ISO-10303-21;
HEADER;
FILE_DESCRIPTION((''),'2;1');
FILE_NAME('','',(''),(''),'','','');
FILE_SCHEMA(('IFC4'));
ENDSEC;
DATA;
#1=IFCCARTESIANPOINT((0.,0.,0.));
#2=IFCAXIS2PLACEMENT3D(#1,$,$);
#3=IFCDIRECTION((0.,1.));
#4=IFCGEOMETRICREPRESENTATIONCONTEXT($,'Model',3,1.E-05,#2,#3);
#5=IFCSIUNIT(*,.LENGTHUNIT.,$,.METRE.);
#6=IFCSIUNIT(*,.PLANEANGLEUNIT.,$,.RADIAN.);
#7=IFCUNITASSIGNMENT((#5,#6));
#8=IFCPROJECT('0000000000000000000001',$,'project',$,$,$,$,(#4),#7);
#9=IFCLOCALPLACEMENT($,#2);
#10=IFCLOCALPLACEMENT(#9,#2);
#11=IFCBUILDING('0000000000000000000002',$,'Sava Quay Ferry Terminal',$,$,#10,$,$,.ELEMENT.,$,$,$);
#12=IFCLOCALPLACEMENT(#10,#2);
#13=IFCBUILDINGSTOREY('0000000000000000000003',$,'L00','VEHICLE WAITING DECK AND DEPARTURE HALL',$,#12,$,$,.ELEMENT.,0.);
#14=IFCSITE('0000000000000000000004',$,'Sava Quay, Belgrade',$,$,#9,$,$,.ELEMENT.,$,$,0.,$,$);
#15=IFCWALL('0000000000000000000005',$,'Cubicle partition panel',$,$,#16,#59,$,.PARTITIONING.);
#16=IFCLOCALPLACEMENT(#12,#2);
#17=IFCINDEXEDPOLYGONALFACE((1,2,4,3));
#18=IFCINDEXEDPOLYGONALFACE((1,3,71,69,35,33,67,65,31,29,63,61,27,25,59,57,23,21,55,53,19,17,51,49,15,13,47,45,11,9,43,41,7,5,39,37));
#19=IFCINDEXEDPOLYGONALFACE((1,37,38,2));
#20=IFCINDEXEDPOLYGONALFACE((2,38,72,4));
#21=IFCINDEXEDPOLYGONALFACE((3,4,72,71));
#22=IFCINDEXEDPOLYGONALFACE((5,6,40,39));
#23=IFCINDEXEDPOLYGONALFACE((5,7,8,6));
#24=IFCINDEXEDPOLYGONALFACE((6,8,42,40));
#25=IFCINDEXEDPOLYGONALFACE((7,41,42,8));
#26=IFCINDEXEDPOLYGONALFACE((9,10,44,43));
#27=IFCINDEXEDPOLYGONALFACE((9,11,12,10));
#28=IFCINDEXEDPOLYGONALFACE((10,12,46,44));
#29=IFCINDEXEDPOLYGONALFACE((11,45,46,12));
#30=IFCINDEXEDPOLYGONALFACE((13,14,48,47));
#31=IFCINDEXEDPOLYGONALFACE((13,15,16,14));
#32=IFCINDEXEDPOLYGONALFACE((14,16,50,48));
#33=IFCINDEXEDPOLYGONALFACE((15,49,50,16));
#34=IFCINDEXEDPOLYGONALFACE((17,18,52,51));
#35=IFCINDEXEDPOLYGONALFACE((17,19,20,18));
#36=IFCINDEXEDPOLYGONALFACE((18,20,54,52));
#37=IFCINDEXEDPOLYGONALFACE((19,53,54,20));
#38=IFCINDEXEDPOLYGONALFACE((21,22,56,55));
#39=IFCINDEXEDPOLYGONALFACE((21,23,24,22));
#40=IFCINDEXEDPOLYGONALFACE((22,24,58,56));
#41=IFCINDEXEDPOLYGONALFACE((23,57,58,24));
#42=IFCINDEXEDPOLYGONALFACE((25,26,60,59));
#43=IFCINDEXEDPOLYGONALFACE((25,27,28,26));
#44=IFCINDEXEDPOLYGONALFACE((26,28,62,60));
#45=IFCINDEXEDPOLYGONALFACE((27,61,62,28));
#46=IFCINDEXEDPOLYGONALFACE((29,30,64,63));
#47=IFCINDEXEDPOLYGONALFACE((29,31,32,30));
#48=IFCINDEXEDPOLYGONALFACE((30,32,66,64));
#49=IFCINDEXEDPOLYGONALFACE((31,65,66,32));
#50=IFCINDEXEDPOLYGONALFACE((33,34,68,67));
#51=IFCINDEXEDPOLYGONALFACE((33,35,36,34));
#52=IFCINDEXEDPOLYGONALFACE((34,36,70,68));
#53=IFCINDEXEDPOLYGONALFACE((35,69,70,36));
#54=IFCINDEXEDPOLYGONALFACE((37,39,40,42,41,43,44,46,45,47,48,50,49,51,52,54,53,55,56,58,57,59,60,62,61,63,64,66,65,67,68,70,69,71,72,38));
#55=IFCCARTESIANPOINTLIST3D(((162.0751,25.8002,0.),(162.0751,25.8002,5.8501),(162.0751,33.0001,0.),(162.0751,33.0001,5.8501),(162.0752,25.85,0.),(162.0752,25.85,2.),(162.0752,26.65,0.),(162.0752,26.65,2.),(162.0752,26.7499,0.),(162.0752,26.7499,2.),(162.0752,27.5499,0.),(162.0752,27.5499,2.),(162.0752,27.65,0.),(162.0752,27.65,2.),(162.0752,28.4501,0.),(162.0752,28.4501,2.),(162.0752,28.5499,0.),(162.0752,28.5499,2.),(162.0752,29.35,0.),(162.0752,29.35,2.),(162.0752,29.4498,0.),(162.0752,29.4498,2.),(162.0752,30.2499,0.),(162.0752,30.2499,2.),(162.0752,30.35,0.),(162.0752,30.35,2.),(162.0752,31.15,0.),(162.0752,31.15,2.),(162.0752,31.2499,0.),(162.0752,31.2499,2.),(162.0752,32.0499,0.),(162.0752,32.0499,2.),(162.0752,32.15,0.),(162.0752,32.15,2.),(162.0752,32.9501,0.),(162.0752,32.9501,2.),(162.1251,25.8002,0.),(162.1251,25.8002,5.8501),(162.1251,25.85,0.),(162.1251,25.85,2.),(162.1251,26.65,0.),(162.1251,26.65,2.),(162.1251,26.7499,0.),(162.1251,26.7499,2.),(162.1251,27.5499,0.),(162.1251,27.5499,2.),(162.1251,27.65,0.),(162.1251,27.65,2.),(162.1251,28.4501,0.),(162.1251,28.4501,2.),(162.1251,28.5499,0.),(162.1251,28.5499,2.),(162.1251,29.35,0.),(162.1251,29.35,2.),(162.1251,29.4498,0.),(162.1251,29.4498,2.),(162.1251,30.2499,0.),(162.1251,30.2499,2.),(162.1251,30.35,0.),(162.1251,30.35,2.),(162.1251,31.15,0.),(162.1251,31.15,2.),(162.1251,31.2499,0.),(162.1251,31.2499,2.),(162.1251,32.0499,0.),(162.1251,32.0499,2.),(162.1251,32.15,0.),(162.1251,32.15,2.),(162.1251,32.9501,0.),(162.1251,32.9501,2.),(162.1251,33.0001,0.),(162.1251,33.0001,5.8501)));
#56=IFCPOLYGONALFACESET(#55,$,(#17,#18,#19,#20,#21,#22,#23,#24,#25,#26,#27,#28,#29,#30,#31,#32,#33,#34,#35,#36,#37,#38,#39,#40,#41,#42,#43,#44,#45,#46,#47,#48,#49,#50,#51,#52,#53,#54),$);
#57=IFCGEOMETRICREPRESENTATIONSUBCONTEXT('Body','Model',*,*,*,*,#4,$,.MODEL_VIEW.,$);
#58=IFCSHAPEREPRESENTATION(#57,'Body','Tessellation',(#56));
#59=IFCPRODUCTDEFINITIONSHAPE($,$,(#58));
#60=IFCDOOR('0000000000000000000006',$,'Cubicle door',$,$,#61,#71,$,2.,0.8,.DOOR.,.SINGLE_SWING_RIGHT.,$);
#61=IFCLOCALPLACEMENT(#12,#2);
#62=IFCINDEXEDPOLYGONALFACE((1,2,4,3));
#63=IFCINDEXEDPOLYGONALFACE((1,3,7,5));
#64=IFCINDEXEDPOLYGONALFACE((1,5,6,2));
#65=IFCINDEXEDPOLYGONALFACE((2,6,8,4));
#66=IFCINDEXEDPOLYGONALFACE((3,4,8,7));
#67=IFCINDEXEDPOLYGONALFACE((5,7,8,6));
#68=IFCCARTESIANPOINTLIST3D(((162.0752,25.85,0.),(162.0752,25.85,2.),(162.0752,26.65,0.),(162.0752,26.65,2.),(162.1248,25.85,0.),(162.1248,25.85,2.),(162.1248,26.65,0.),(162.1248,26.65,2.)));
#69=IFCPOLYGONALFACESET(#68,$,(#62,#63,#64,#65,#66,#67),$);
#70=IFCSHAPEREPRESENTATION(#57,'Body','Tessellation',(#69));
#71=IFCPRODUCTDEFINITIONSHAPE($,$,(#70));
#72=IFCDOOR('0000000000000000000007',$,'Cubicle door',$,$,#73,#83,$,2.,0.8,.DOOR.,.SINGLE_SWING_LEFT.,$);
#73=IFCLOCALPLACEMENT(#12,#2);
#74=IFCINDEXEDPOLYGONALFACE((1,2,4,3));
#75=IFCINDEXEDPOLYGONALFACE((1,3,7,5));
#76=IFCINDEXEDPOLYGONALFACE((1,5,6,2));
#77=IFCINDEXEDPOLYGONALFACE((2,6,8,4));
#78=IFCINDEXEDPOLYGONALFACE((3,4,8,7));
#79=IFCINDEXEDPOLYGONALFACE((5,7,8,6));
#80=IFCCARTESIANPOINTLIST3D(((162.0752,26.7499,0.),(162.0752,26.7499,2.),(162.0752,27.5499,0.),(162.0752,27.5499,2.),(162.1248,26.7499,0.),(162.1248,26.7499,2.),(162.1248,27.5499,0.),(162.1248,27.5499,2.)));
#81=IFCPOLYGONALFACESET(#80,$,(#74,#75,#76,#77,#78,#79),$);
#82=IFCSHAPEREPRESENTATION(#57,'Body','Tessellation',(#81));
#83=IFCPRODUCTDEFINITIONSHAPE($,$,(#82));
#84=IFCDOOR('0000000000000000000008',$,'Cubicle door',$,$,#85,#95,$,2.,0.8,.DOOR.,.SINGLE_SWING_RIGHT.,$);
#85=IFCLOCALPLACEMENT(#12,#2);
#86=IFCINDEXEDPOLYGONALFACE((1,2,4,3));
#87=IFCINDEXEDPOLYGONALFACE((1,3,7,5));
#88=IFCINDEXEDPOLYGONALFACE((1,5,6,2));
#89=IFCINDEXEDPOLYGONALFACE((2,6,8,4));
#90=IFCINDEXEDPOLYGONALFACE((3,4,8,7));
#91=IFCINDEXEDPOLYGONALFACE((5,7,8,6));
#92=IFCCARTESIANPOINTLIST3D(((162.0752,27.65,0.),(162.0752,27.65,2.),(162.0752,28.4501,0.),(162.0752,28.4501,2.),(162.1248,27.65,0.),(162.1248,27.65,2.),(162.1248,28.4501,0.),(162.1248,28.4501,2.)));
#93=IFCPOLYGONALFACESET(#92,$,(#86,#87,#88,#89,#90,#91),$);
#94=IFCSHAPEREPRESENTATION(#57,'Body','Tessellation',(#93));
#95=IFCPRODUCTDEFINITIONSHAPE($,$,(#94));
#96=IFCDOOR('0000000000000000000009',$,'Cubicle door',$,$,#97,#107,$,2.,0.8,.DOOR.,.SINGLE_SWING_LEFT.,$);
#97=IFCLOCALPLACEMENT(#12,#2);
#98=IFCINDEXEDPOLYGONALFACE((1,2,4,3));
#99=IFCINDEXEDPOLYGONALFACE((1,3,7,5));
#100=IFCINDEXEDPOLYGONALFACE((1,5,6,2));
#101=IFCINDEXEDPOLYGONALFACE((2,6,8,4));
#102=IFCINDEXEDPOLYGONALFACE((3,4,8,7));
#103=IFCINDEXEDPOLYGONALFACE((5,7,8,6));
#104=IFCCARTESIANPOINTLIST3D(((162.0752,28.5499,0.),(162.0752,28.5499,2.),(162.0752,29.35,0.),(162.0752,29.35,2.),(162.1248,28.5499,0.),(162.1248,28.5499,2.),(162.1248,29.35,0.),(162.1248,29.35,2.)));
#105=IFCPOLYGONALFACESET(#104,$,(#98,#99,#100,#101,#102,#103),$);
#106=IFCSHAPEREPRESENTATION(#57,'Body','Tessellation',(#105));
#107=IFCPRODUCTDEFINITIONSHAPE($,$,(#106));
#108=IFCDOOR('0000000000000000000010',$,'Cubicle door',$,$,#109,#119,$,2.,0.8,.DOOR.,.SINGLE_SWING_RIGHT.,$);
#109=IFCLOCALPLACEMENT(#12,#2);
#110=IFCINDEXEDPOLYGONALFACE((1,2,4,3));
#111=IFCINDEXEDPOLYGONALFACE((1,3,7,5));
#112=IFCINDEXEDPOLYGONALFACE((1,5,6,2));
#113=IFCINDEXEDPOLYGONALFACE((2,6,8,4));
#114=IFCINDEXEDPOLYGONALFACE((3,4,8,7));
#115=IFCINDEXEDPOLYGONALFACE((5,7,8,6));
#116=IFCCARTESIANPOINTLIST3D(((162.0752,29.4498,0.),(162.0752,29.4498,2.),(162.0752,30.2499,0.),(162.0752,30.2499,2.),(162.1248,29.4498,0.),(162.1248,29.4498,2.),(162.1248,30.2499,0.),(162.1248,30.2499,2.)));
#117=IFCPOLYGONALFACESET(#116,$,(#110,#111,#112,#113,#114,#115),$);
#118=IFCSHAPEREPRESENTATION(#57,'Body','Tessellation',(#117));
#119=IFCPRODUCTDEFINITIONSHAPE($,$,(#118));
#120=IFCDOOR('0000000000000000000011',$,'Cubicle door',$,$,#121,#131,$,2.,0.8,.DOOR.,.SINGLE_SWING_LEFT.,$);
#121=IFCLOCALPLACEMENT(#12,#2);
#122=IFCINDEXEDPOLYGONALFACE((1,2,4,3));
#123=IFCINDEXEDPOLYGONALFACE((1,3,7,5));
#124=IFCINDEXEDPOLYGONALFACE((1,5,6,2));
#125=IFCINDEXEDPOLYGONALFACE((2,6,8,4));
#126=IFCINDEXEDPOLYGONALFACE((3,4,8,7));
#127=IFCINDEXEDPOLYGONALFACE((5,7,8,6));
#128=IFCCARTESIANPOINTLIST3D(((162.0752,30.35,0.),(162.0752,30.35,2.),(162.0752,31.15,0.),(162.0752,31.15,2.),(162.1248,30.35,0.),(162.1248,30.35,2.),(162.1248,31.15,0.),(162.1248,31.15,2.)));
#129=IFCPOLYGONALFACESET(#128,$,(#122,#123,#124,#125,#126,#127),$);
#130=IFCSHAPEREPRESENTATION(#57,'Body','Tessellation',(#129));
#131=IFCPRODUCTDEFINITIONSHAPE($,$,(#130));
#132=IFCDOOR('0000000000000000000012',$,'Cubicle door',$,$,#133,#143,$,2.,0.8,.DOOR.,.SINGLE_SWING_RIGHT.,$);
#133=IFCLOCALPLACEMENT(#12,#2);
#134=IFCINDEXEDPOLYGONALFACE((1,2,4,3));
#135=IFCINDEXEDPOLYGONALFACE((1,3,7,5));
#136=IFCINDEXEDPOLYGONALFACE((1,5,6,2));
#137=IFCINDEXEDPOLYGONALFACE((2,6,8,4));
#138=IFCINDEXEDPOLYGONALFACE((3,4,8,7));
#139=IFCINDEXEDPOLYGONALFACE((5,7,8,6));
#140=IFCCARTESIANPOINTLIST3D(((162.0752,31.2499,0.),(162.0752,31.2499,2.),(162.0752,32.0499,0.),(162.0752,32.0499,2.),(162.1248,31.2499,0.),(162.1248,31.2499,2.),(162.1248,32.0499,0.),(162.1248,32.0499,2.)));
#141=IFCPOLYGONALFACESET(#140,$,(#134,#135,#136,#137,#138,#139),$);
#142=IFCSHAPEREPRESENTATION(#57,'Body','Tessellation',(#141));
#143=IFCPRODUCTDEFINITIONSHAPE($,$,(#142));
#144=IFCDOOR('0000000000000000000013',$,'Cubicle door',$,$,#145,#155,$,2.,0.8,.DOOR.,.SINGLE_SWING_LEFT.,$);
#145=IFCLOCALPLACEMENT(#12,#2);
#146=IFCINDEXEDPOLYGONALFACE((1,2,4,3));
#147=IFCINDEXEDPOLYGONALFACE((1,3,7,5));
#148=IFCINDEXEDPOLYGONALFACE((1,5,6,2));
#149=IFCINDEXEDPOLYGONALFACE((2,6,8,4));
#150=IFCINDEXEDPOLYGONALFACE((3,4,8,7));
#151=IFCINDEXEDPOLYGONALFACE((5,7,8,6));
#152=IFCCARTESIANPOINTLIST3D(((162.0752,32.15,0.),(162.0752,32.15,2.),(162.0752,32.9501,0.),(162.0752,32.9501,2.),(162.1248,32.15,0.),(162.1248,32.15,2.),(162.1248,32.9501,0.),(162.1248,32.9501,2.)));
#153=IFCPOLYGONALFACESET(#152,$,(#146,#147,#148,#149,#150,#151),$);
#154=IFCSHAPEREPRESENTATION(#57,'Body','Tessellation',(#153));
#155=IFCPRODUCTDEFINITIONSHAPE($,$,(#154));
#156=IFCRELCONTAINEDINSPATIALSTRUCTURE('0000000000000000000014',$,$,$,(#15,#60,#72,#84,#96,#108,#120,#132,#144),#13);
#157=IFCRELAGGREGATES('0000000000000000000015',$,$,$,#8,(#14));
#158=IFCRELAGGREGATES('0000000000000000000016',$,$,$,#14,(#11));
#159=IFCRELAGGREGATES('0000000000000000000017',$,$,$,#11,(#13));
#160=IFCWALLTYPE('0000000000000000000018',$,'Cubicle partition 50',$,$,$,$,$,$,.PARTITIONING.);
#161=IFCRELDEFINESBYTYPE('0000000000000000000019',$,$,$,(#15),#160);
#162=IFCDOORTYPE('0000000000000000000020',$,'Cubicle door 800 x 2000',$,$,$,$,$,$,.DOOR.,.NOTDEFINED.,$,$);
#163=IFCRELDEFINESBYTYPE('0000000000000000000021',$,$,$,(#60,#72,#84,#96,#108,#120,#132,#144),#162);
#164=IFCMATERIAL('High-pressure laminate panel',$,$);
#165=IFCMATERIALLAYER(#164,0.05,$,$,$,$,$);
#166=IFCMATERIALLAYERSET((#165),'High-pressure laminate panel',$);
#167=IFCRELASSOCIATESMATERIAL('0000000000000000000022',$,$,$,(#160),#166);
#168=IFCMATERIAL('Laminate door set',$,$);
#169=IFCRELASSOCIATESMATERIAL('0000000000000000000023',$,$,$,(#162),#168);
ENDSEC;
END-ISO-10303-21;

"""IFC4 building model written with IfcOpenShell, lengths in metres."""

from ifc_helpers import new_model, si_unit, direction, frame, frame_2d, origin, place, context, subcontext, project, spatial, rectangle, extrude, material, layer, layer_set, type_object, element, fill, save


model = new_model("IFC4")

# Units and contexts
model_context = context("Model", 3, precision=1e-05, world=origin(), true_north=direction((0.0, 1.0)))
body_context = subcontext(model_context, "Body", "Model", "MODEL_VIEW")
ifc_project = project(units=[si_unit("LENGTHUNIT", "METRE"), si_unit("PLANEANGLEUNIT", "RADIAN")], contexts=[model_context])

# Site, building, storey
site_placement = place(None, origin())
site = spatial("IfcSite", under=ifc_project, at=site_placement, Name="Sava Quay, Belgrade", CompositionType="ELEMENT", RefElevation=0.0)
building_placement = place(site_placement, origin())
building = spatial("IfcBuilding", under=site, at=building_placement, Name="Sava Quay Ferry Terminal", CompositionType="ELEMENT")
storey_placement = place(building_placement, origin())
storey = spatial("IfcBuildingStorey", under=building, at=storey_placement, Name="L00", Description="VEHICLE WAITING DECK AND DEPARTURE HALL", CompositionType="ELEMENT", Elevation=0.0)

# Wall, openings, doors
ifc_material_1 = material(Name="High-pressure laminate panel")
ifc_layer = layer(ifc_material_1, 0.05)
ifc_layer_set = layer_set([ifc_layer], Name="High-pressure laminate panel")
wall_type = type_object("IfcWallType", Name="Cubicle partition 50", PredefinedType="PARTITIONING", material=ifc_layer_set)
wall_placement = place(storey_placement, frame((162.1001, 25.8, 0.0), z_axis=(0.0, 0.0, 1.0), x_axis=(0.0, 1.0, 0.0)))
wall = element("IfcWall", 1, at=wall_placement, inside=storey, type_object=wall_type, Name="Cubicle partition panel", PredefinedType="PARTITIONING", context=body_context, shape_type="SweptSolid", body=[
    extrude(rectangle(XDim=7.2, YDim=0.05, at=frame_2d((3.6001, 0.0))), origin(), (0.0, 0.0, 1.0), 5.8501),
])
opening_1_placement = place(wall_placement, frame((0.05, 0.0, 0.0)))
opening_1 = element("IfcOpeningElement", 2, at=opening_1_placement, cuts=wall, PredefinedType="OPENING", context=body_context, shape_type="SweptSolid", body=[
    extrude(rectangle(XDim=0.8, YDim=2.0, at=frame_2d((0.3999, 1.0))), frame((0.0, 0.0249, 0.0), z_axis=(0.0, -1.0, 0.0), x_axis=(1.0, 0.0, 0.0)), (0.0, 0.0, 1.0), 0.05),
])
opening_2_placement = place(wall_placement, frame((0.95, 0.0, 0.0)))
opening_2 = element("IfcOpeningElement", 3, at=opening_2_placement, cuts=wall, PredefinedType="OPENING", context=body_context, shape_type="SweptSolid", body=[
    extrude(rectangle(XDim=0.8, YDim=2.0, at=frame_2d((0.3999, 1.0))), frame((0.0, 0.0249, 0.0), z_axis=(0.0, -1.0, 0.0), x_axis=(1.0, 0.0, 0.0)), (0.0, 0.0, 1.0), 0.05),
])
opening_3_placement = place(wall_placement, frame((1.8501, 0.0, 0.0)))
opening_3 = element("IfcOpeningElement", 4, at=opening_3_placement, cuts=wall, PredefinedType="OPENING", context=body_context, shape_type="SweptSolid", body=[
    extrude(rectangle(XDim=0.8, YDim=2.0, at=frame_2d((0.3999, 1.0))), frame((0.0, 0.0249, 0.0), z_axis=(0.0, -1.0, 0.0), x_axis=(1.0, 0.0, 0.0)), (0.0, 0.0, 1.0), 0.05),
])
opening_4_placement = place(wall_placement, frame((2.75, 0.0, 0.0)))
opening_4 = element("IfcOpeningElement", 5, at=opening_4_placement, cuts=wall, PredefinedType="OPENING", context=body_context, shape_type="SweptSolid", body=[
    extrude(rectangle(XDim=0.8, YDim=2.0, at=frame_2d((0.3999, 1.0))), frame((0.0, 0.0249, 0.0), z_axis=(0.0, -1.0, 0.0), x_axis=(1.0, 0.0, 0.0)), (0.0, 0.0, 1.0), 0.05),
])
opening_5_placement = place(wall_placement, frame((3.6499, 0.0, 0.0)))
opening_5 = element("IfcOpeningElement", 6, at=opening_5_placement, cuts=wall, PredefinedType="OPENING", context=body_context, shape_type="SweptSolid", body=[
    extrude(rectangle(XDim=0.8, YDim=2.0, at=frame_2d((0.3999, 1.0))), frame((0.0, 0.0249, 0.0), z_axis=(0.0, -1.0, 0.0), x_axis=(1.0, 0.0, 0.0)), (0.0, 0.0, 1.0), 0.05),
])
opening_6_placement = place(wall_placement, frame((4.55, 0.0, 0.0)))
opening_6 = element("IfcOpeningElement", 7, at=opening_6_placement, cuts=wall, PredefinedType="OPENING", context=body_context, shape_type="SweptSolid", body=[
    extrude(rectangle(XDim=0.8, YDim=2.0, at=frame_2d((0.3999, 1.0))), frame((0.0, 0.0249, 0.0), z_axis=(0.0, -1.0, 0.0), x_axis=(1.0, 0.0, 0.0)), (0.0, 0.0, 1.0), 0.05),
])
opening_7_placement = place(wall_placement, frame((5.45, 0.0, 0.0)))
opening_7 = element("IfcOpeningElement", 8, at=opening_7_placement, cuts=wall, PredefinedType="OPENING", context=body_context, shape_type="SweptSolid", body=[
    extrude(rectangle(XDim=0.8, YDim=2.0, at=frame_2d((0.3999, 1.0))), frame((0.0, 0.0249, 0.0), z_axis=(0.0, -1.0, 0.0), x_axis=(1.0, 0.0, 0.0)), (0.0, 0.0, 1.0), 0.05),
])
opening_8_placement = place(wall_placement, frame((6.3501, 0.0, 0.0)))
opening_8 = element("IfcOpeningElement", 9, at=opening_8_placement, cuts=wall, PredefinedType="OPENING", context=body_context, shape_type="SweptSolid", body=[
    extrude(rectangle(XDim=0.8, YDim=2.0, at=frame_2d((0.3999, 1.0))), frame((0.0, 0.0249, 0.0), z_axis=(0.0, -1.0, 0.0), x_axis=(1.0, 0.0, 0.0)), (0.0, 0.0, 1.0), 0.05),
])
ifc_material_2 = material(Name="Laminate door set")
door_type = type_object("IfcDoorType", Name="Cubicle door 800 x 2000", OperationType="NOTDEFINED", PredefinedType="DOOR", material=ifc_material_2)
door_1_placement = place(opening_1_placement, origin())
door_1 = element("IfcDoor", 10, at=door_1_placement, inside=storey, type_object=door_type, Name="Cubicle door", OperationType="SINGLE_SWING_RIGHT", OverallHeight=2.0, OverallWidth=0.8, PredefinedType="DOOR", context=body_context, shape_type="SweptSolid", body=[
    extrude(rectangle(XDim=0.8, YDim=2.0, at=frame_2d((0.3999, 1.0))), frame((0.0, 0.0249, 0.0), z_axis=(0.0, -1.0, 0.0), x_axis=(1.0, 0.0, 0.0)), (0.0, 0.0, 1.0), 0.0496),
])
fill(opening_1, door_1)
door_2_placement = place(opening_2_placement, origin())
door_2 = element("IfcDoor", 11, at=door_2_placement, inside=storey, type_object=door_type, Name="Cubicle door", OperationType="SINGLE_SWING_LEFT", OverallHeight=2.0, OverallWidth=0.8, PredefinedType="DOOR", context=body_context, shape_type="SweptSolid", body=[
    extrude(rectangle(XDim=0.8, YDim=2.0, at=frame_2d((0.3999, 1.0))), frame((0.0, 0.0249, 0.0), z_axis=(0.0, -1.0, 0.0), x_axis=(1.0, 0.0, 0.0)), (0.0, 0.0, 1.0), 0.0496),
])
fill(opening_2, door_2)
door_3_placement = place(opening_3_placement, origin())
door_3 = element("IfcDoor", 12, at=door_3_placement, inside=storey, type_object=door_type, Name="Cubicle door", OperationType="SINGLE_SWING_RIGHT", OverallHeight=2.0, OverallWidth=0.8, PredefinedType="DOOR", context=body_context, shape_type="SweptSolid", body=[
    extrude(rectangle(XDim=0.8, YDim=2.0, at=frame_2d((0.3999, 1.0))), frame((0.0, 0.0249, 0.0), z_axis=(0.0, -1.0, 0.0), x_axis=(1.0, 0.0, 0.0)), (0.0, 0.0, 1.0), 0.0496),
])
fill(opening_3, door_3)
door_4_placement = place(opening_4_placement, origin())
door_4 = element("IfcDoor", 13, at=door_4_placement, inside=storey, type_object=door_type, Name="Cubicle door", OperationType="SINGLE_SWING_LEFT", OverallHeight=2.0, OverallWidth=0.8, PredefinedType="DOOR", context=body_context, shape_type="SweptSolid", body=[
    extrude(rectangle(XDim=0.8, YDim=2.0, at=frame_2d((0.3999, 1.0))), frame((0.0, 0.0249, 0.0), z_axis=(0.0, -1.0, 0.0), x_axis=(1.0, 0.0, 0.0)), (0.0, 0.0, 1.0), 0.0496),
])
fill(opening_4, door_4)
door_5_placement = place(opening_5_placement, origin())
door_5 = element("IfcDoor", 14, at=door_5_placement, inside=storey, type_object=door_type, Name="Cubicle door", OperationType="SINGLE_SWING_RIGHT", OverallHeight=2.0, OverallWidth=0.8, PredefinedType="DOOR", context=body_context, shape_type="SweptSolid", body=[
    extrude(rectangle(XDim=0.8, YDim=2.0, at=frame_2d((0.3999, 1.0))), frame((0.0, 0.0249, 0.0), z_axis=(0.0, -1.0, 0.0), x_axis=(1.0, 0.0, 0.0)), (0.0, 0.0, 1.0), 0.0496),
])
fill(opening_5, door_5)
door_6_placement = place(opening_6_placement, origin())
door_6 = element("IfcDoor", 15, at=door_6_placement, inside=storey, type_object=door_type, Name="Cubicle door", OperationType="SINGLE_SWING_LEFT", OverallHeight=2.0, OverallWidth=0.8, PredefinedType="DOOR", context=body_context, shape_type="SweptSolid", body=[
    extrude(rectangle(XDim=0.8, YDim=2.0, at=frame_2d((0.3999, 1.0))), frame((0.0, 0.0249, 0.0), z_axis=(0.0, -1.0, 0.0), x_axis=(1.0, 0.0, 0.0)), (0.0, 0.0, 1.0), 0.0496),
])
fill(opening_6, door_6)
door_7_placement = place(opening_7_placement, origin())
door_7 = element("IfcDoor", 16, at=door_7_placement, inside=storey, type_object=door_type, Name="Cubicle door", OperationType="SINGLE_SWING_RIGHT", OverallHeight=2.0, OverallWidth=0.8, PredefinedType="DOOR", context=body_context, shape_type="SweptSolid", body=[
    extrude(rectangle(XDim=0.8, YDim=2.0, at=frame_2d((0.3999, 1.0))), frame((0.0, 0.0249, 0.0), z_axis=(0.0, -1.0, 0.0), x_axis=(1.0, 0.0, 0.0)), (0.0, 0.0, 1.0), 0.0496),
])
fill(opening_7, door_7)
door_8_placement = place(opening_8_placement, origin())
door_8 = element("IfcDoor", 17, at=door_8_placement, inside=storey, type_object=door_type, Name="Cubicle door", OperationType="SINGLE_SWING_LEFT", OverallHeight=2.0, OverallWidth=0.8, PredefinedType="DOOR", context=body_context, shape_type="SweptSolid", body=[
    extrude(rectangle(XDim=0.8, YDim=2.0, at=frame_2d((0.3999, 1.0))), frame((0.0, 0.0249, 0.0), z_axis=(0.0, -1.0, 0.0), x_axis=(1.0, 0.0, 0.0)), (0.0, 0.0, 1.0), 0.0496),
])
fill(opening_8, door_8)

save(model, "model.ifc")
